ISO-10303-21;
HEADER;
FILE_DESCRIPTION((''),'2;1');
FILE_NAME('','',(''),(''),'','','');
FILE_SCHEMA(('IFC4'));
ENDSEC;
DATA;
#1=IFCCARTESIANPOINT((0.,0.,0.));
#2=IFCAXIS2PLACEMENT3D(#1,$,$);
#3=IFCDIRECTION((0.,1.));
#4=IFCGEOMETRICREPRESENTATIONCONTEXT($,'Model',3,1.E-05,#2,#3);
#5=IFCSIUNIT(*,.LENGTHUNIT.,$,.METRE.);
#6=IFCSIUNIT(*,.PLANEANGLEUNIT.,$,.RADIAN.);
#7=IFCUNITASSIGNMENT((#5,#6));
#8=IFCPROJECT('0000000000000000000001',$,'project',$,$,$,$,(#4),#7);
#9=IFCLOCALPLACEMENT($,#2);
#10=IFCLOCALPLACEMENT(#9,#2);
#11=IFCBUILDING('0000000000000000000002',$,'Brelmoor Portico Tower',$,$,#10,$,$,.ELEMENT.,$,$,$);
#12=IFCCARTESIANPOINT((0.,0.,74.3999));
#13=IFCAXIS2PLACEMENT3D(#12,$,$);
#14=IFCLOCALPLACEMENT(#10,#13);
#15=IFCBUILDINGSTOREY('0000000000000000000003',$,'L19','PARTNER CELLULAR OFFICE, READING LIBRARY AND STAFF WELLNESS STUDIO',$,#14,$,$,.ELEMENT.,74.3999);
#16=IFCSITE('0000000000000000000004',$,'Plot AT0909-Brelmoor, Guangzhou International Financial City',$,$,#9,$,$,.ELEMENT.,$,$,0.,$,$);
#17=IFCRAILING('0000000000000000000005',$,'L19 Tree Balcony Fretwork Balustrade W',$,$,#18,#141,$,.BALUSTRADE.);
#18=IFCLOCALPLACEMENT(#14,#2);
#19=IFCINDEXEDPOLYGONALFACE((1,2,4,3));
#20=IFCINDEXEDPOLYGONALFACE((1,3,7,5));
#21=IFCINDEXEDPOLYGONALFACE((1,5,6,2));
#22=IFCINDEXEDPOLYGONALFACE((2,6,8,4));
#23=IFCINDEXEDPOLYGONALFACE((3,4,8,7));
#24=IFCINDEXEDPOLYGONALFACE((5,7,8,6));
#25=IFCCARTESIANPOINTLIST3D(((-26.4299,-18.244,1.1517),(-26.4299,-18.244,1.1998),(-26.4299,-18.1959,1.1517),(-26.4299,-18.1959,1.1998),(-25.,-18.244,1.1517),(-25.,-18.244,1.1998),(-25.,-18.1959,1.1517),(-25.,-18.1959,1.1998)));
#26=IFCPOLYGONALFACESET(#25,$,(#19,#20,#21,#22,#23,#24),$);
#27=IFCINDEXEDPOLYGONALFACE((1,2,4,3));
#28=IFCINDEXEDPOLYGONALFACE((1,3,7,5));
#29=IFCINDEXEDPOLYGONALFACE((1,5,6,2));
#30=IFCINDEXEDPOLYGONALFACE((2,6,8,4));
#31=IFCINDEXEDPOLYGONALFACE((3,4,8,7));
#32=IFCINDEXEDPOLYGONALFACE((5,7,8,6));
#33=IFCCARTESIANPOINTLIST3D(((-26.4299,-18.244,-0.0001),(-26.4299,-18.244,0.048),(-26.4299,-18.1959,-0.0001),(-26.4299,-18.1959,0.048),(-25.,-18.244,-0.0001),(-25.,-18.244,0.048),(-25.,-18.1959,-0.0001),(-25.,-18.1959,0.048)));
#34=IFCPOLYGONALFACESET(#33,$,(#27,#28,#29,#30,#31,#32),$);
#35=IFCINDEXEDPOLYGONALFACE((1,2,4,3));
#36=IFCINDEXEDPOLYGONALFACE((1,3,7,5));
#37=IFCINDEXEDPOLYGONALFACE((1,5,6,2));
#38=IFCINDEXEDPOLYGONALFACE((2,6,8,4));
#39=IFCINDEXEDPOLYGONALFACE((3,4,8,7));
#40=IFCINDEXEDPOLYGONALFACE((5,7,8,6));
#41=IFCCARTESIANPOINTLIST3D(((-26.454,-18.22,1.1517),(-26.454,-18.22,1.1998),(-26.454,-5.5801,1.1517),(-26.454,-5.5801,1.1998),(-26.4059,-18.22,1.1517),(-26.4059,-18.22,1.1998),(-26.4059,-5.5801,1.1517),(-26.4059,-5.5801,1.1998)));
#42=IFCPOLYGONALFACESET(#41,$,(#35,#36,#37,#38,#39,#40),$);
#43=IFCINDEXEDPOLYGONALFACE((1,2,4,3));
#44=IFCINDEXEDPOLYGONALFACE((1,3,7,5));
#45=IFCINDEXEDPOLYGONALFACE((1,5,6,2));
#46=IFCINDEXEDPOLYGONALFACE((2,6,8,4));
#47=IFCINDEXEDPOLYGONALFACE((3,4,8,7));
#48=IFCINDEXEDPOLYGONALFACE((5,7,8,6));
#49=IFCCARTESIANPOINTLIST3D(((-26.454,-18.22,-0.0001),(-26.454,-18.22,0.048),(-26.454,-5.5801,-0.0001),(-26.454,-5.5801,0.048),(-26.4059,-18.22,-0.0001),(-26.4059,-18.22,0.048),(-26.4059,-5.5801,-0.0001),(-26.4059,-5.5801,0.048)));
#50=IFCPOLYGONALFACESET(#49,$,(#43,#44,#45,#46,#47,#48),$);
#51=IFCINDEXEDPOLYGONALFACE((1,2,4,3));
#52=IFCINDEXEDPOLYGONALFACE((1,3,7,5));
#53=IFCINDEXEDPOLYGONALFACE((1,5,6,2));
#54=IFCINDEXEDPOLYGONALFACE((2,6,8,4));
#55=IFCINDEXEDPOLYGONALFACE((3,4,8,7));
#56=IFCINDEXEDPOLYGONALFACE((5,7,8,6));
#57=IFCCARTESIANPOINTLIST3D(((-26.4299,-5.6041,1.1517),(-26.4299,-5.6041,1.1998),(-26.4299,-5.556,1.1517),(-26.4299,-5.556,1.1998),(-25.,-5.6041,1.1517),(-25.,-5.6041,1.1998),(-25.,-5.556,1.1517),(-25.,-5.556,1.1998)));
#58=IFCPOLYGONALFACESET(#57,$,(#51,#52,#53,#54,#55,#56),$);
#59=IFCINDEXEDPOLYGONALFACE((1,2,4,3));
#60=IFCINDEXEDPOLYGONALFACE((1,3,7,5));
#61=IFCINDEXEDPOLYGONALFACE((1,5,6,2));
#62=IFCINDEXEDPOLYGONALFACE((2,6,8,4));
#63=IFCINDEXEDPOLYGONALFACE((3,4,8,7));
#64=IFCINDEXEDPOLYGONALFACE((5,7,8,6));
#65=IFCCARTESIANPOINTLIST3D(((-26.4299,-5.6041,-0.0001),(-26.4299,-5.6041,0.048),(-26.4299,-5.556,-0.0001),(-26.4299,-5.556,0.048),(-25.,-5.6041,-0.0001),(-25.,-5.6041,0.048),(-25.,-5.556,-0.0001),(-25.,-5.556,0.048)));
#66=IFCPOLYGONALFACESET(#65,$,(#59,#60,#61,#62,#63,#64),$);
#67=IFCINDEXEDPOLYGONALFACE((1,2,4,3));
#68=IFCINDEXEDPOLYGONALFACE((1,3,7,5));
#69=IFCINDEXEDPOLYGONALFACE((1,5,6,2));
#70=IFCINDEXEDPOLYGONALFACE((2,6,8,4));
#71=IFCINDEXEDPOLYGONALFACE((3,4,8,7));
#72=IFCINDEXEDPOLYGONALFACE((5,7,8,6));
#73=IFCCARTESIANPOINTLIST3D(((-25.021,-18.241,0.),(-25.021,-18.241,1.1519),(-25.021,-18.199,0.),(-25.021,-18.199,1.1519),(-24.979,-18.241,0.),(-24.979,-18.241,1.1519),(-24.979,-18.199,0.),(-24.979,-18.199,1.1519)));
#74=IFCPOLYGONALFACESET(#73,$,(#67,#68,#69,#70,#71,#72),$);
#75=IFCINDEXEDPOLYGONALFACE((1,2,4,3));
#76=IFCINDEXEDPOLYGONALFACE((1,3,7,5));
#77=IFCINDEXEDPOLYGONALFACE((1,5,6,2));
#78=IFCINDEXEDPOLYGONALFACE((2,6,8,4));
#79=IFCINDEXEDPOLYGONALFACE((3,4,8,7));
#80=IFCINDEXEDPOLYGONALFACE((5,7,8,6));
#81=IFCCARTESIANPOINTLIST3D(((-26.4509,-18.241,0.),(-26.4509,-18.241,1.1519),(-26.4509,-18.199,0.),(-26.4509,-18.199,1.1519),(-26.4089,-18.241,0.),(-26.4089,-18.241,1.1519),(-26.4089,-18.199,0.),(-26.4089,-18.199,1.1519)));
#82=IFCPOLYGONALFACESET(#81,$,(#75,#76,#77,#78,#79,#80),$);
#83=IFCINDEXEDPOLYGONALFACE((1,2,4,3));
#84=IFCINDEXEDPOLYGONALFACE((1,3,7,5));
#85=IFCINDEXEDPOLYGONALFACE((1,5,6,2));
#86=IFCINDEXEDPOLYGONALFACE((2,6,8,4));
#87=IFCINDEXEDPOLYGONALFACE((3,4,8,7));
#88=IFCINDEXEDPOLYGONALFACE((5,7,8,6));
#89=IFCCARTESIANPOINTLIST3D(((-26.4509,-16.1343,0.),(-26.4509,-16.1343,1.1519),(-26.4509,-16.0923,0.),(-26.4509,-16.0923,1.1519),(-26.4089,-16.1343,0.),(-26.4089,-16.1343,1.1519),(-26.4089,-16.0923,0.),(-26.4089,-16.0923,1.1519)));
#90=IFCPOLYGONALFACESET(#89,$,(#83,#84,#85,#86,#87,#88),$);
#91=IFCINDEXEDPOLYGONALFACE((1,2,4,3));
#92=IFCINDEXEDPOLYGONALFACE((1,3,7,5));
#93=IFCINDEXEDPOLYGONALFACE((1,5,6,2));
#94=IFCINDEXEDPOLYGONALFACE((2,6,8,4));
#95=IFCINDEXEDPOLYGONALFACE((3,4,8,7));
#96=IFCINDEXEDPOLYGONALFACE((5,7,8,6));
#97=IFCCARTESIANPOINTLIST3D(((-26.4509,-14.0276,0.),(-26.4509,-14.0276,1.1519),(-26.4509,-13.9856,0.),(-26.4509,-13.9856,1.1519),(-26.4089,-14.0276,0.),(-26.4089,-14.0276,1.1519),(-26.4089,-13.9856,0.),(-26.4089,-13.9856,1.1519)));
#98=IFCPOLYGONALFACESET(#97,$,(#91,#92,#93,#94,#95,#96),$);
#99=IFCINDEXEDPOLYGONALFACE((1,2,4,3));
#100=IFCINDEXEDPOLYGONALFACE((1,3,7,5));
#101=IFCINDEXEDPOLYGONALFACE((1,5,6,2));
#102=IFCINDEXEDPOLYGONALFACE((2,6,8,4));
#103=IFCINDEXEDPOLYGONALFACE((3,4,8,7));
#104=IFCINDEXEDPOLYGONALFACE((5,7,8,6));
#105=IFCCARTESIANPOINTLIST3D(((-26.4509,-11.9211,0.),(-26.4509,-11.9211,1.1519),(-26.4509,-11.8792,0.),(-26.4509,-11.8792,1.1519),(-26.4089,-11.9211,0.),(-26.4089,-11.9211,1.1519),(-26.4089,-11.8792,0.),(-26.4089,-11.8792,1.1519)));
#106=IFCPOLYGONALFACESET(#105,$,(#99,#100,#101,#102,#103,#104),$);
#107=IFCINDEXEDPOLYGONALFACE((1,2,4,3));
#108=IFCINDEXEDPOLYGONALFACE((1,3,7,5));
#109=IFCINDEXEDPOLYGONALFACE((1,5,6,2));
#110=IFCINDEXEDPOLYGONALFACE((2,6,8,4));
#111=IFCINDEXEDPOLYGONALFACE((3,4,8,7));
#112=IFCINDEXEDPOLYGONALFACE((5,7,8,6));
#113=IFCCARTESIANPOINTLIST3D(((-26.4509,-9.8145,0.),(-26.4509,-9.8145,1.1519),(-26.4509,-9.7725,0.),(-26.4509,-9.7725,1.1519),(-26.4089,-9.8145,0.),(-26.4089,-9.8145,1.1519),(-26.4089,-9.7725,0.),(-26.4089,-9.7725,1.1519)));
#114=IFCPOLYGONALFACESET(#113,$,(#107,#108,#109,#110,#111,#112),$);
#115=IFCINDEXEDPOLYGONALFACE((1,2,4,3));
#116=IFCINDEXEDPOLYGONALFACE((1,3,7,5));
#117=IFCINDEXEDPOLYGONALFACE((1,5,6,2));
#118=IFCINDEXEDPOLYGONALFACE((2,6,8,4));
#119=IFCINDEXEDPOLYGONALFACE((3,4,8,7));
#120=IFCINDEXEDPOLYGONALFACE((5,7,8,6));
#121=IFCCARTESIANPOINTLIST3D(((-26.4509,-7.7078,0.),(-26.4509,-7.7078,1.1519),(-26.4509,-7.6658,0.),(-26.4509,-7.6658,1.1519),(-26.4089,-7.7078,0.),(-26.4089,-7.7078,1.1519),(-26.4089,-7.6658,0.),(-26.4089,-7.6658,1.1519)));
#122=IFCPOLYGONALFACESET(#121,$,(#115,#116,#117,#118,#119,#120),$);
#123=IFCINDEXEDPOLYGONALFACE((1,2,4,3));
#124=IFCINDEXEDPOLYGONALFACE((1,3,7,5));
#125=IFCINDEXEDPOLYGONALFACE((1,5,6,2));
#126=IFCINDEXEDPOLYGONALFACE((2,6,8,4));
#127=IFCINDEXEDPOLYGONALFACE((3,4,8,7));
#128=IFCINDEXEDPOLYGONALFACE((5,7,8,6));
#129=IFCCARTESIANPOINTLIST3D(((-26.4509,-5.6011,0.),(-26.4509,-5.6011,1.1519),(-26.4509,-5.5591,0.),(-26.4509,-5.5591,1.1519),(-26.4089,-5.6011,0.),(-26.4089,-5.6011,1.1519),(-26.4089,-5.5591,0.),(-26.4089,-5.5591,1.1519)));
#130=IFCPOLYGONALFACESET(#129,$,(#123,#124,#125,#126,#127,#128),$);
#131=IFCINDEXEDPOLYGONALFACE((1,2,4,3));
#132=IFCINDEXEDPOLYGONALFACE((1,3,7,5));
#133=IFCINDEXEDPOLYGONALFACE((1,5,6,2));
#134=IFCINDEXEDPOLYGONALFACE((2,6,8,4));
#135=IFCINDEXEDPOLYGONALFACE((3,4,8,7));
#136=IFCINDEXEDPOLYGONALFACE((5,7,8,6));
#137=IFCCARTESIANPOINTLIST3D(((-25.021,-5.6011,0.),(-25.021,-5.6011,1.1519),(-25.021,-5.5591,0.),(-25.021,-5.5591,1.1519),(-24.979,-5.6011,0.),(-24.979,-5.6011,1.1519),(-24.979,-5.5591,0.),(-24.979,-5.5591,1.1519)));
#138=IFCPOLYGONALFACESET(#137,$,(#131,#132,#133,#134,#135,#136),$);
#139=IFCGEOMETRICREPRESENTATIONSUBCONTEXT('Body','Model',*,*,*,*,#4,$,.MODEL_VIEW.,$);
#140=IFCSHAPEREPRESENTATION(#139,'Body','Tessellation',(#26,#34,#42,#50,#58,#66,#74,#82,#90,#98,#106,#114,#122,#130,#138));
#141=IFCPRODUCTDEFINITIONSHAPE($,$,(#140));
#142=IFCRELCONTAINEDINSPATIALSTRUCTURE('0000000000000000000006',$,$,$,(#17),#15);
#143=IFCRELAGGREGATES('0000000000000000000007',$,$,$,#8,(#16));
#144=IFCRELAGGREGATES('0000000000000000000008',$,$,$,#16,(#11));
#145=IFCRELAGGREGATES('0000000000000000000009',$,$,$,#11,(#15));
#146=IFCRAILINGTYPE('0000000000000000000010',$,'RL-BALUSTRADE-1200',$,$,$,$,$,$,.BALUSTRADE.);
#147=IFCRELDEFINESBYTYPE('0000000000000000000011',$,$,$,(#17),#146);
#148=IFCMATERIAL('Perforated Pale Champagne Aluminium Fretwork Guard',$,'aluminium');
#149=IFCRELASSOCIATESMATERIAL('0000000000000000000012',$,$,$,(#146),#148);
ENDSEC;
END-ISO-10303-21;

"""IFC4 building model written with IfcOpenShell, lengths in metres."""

from ifc_helpers import new_model, si_unit, direction, frame, origin, origin_2d, place, context, subcontext, project, spatial, rectangle, extrude, material, type_object, element, save


model = new_model("IFC4")

# Units and contexts
model_context = context("Model", 3, precision=1e-05, world=origin(), true_north=direction((0.0, 1.0)))
body_context = subcontext(model_context, "Body", "Model", "MODEL_VIEW")
ifc_project = project(units=[si_unit("LENGTHUNIT", "METRE"), si_unit("PLANEANGLEUNIT", "RADIAN")], contexts=[model_context])

# Site, building, storey
site_placement = place(None, origin())
site = spatial("IfcSite", under=ifc_project, at=site_placement, Name="Plot AT0909-Brelmoor, Guangzhou International Financial City", CompositionType="ELEMENT", RefElevation=0.0)
building_placement = place(site_placement, origin())
building = spatial("IfcBuilding", under=site, at=building_placement, Name="Brelmoor Portico Tower", CompositionType="ELEMENT")
storey_placement = place(building_placement, frame((0.0, 0.0, 74.3999)))
storey = spatial("IfcBuildingStorey", under=building, at=storey_placement, Name="L19", Description="PARTNER CELLULAR OFFICE, READING LIBRARY AND STAFF WELLNESS STUDIO", CompositionType="ELEMENT", Elevation=74.3999)

# Railing
ifc_material_1 = material(Name="Perforated Pale Champagne Aluminium Fretwork Guard", Category="aluminium")
railing_type = type_object("IfcRailingType", Name="RL-BALUSTRADE-1200", PredefinedType="BALUSTRADE", material=ifc_material_1)
railing_1_placement = place(storey_placement, frame((-25.0, -18.22, 0.0)))
element("IfcRailing", 1, at=railing_1_placement, inside=storey, type_object=railing_type, Name="L19 Tree Balcony Fretwork Balustrade W", PredefinedType="BALUSTRADE", context=body_context, shape_type="SweptSolid", body=[
    extrude(rectangle(XDim=0.0481, YDim=0.0481, at=origin_2d()), frame((0.0, 0.0, 1.1758), z_axis=(-1.0, 0.0, 0.0), x_axis=(0.0, -1.0, 0.0)), (0.0, 0.0, 1.0), 1.4299),
    extrude(rectangle(XDim=0.0481, YDim=0.0481, at=origin_2d()), frame((0.0, 0.0, 0.0239), z_axis=(-1.0, 0.0, 0.0), x_axis=(0.0, -1.0, 0.0)), (0.0, 0.0, 1.0), 1.4299),
    extrude(rectangle(XDim=0.0481, YDim=0.0481, at=origin_2d()), frame((-1.4299, 0.0, 1.1758), z_axis=(0.0, 1.0, 0.0), x_axis=(-1.0, 0.0, 0.0)), (0.0, 0.0, 1.0), 12.6399),
    extrude(rectangle(XDim=0.0481, YDim=0.0481, at=origin_2d()), frame((-1.4299, 0.0, 0.0239), z_axis=(0.0, 1.0, 0.0), x_axis=(-1.0, 0.0, 0.0)), (0.0, 0.0, 1.0), 12.6399),
    extrude(rectangle(XDim=0.0481, YDim=0.0481, at=origin_2d()), frame((-1.4299, 12.6399, 1.1758), z_axis=(1.0, 0.0, 0.0), x_axis=(0.0, 1.0, 0.0)), (0.0, 0.0, 1.0), 1.4299),
    extrude(rectangle(XDim=0.0481, YDim=0.0481, at=origin_2d()), frame((-1.4299, 12.6399, 0.0239), z_axis=(1.0, 0.0, 0.0), x_axis=(0.0, 1.0, 0.0)), (0.0, 0.0, 1.0), 1.4299),
    extrude(rectangle(XDim=0.042, YDim=0.042, at=origin_2d()), origin(), (0.0, 0.0, 1.0), 1.1519),
    extrude(rectangle(XDim=0.042, YDim=0.042, at=origin_2d()), frame((-1.4299, 0.0, 0.0)), (0.0, 0.0, 1.0), 1.1519),
    extrude(rectangle(XDim=0.042, YDim=0.042, at=origin_2d()), frame((-1.4299, 2.1067, 0.0)), (0.0, 0.0, 1.0), 1.1519),
    extrude(rectangle(XDim=0.042, YDim=0.042, at=origin_2d()), frame((-1.4299, 4.2134, 0.0)), (0.0, 0.0, 1.0), 1.1519),
    extrude(rectangle(XDim=0.042, YDim=0.042, at=origin_2d()), frame((-1.4299, 6.3198, 0.0)), (0.0, 0.0, 1.0), 1.1519),
    extrude(rectangle(XDim=0.042, YDim=0.042, at=origin_2d()), frame((-1.4299, 8.4265, 0.0)), (0.0, 0.0, 1.0), 1.1519),
    extrude(rectangle(XDim=0.042, YDim=0.042, at=origin_2d()), frame((-1.4299, 10.5332, 0.0)), (0.0, 0.0, 1.0), 1.1519),
    extrude(rectangle(XDim=0.042, YDim=0.042, at=origin_2d()), frame((-1.4299, 12.6399, 0.0)), (0.0, 0.0, 1.0), 1.1519),
    extrude(rectangle(XDim=0.042, YDim=0.042, at=origin_2d()), frame((0.0, 12.6399, 0.0)), (0.0, 0.0, 1.0), 1.1519),
])

save(model, "model.ifc")
